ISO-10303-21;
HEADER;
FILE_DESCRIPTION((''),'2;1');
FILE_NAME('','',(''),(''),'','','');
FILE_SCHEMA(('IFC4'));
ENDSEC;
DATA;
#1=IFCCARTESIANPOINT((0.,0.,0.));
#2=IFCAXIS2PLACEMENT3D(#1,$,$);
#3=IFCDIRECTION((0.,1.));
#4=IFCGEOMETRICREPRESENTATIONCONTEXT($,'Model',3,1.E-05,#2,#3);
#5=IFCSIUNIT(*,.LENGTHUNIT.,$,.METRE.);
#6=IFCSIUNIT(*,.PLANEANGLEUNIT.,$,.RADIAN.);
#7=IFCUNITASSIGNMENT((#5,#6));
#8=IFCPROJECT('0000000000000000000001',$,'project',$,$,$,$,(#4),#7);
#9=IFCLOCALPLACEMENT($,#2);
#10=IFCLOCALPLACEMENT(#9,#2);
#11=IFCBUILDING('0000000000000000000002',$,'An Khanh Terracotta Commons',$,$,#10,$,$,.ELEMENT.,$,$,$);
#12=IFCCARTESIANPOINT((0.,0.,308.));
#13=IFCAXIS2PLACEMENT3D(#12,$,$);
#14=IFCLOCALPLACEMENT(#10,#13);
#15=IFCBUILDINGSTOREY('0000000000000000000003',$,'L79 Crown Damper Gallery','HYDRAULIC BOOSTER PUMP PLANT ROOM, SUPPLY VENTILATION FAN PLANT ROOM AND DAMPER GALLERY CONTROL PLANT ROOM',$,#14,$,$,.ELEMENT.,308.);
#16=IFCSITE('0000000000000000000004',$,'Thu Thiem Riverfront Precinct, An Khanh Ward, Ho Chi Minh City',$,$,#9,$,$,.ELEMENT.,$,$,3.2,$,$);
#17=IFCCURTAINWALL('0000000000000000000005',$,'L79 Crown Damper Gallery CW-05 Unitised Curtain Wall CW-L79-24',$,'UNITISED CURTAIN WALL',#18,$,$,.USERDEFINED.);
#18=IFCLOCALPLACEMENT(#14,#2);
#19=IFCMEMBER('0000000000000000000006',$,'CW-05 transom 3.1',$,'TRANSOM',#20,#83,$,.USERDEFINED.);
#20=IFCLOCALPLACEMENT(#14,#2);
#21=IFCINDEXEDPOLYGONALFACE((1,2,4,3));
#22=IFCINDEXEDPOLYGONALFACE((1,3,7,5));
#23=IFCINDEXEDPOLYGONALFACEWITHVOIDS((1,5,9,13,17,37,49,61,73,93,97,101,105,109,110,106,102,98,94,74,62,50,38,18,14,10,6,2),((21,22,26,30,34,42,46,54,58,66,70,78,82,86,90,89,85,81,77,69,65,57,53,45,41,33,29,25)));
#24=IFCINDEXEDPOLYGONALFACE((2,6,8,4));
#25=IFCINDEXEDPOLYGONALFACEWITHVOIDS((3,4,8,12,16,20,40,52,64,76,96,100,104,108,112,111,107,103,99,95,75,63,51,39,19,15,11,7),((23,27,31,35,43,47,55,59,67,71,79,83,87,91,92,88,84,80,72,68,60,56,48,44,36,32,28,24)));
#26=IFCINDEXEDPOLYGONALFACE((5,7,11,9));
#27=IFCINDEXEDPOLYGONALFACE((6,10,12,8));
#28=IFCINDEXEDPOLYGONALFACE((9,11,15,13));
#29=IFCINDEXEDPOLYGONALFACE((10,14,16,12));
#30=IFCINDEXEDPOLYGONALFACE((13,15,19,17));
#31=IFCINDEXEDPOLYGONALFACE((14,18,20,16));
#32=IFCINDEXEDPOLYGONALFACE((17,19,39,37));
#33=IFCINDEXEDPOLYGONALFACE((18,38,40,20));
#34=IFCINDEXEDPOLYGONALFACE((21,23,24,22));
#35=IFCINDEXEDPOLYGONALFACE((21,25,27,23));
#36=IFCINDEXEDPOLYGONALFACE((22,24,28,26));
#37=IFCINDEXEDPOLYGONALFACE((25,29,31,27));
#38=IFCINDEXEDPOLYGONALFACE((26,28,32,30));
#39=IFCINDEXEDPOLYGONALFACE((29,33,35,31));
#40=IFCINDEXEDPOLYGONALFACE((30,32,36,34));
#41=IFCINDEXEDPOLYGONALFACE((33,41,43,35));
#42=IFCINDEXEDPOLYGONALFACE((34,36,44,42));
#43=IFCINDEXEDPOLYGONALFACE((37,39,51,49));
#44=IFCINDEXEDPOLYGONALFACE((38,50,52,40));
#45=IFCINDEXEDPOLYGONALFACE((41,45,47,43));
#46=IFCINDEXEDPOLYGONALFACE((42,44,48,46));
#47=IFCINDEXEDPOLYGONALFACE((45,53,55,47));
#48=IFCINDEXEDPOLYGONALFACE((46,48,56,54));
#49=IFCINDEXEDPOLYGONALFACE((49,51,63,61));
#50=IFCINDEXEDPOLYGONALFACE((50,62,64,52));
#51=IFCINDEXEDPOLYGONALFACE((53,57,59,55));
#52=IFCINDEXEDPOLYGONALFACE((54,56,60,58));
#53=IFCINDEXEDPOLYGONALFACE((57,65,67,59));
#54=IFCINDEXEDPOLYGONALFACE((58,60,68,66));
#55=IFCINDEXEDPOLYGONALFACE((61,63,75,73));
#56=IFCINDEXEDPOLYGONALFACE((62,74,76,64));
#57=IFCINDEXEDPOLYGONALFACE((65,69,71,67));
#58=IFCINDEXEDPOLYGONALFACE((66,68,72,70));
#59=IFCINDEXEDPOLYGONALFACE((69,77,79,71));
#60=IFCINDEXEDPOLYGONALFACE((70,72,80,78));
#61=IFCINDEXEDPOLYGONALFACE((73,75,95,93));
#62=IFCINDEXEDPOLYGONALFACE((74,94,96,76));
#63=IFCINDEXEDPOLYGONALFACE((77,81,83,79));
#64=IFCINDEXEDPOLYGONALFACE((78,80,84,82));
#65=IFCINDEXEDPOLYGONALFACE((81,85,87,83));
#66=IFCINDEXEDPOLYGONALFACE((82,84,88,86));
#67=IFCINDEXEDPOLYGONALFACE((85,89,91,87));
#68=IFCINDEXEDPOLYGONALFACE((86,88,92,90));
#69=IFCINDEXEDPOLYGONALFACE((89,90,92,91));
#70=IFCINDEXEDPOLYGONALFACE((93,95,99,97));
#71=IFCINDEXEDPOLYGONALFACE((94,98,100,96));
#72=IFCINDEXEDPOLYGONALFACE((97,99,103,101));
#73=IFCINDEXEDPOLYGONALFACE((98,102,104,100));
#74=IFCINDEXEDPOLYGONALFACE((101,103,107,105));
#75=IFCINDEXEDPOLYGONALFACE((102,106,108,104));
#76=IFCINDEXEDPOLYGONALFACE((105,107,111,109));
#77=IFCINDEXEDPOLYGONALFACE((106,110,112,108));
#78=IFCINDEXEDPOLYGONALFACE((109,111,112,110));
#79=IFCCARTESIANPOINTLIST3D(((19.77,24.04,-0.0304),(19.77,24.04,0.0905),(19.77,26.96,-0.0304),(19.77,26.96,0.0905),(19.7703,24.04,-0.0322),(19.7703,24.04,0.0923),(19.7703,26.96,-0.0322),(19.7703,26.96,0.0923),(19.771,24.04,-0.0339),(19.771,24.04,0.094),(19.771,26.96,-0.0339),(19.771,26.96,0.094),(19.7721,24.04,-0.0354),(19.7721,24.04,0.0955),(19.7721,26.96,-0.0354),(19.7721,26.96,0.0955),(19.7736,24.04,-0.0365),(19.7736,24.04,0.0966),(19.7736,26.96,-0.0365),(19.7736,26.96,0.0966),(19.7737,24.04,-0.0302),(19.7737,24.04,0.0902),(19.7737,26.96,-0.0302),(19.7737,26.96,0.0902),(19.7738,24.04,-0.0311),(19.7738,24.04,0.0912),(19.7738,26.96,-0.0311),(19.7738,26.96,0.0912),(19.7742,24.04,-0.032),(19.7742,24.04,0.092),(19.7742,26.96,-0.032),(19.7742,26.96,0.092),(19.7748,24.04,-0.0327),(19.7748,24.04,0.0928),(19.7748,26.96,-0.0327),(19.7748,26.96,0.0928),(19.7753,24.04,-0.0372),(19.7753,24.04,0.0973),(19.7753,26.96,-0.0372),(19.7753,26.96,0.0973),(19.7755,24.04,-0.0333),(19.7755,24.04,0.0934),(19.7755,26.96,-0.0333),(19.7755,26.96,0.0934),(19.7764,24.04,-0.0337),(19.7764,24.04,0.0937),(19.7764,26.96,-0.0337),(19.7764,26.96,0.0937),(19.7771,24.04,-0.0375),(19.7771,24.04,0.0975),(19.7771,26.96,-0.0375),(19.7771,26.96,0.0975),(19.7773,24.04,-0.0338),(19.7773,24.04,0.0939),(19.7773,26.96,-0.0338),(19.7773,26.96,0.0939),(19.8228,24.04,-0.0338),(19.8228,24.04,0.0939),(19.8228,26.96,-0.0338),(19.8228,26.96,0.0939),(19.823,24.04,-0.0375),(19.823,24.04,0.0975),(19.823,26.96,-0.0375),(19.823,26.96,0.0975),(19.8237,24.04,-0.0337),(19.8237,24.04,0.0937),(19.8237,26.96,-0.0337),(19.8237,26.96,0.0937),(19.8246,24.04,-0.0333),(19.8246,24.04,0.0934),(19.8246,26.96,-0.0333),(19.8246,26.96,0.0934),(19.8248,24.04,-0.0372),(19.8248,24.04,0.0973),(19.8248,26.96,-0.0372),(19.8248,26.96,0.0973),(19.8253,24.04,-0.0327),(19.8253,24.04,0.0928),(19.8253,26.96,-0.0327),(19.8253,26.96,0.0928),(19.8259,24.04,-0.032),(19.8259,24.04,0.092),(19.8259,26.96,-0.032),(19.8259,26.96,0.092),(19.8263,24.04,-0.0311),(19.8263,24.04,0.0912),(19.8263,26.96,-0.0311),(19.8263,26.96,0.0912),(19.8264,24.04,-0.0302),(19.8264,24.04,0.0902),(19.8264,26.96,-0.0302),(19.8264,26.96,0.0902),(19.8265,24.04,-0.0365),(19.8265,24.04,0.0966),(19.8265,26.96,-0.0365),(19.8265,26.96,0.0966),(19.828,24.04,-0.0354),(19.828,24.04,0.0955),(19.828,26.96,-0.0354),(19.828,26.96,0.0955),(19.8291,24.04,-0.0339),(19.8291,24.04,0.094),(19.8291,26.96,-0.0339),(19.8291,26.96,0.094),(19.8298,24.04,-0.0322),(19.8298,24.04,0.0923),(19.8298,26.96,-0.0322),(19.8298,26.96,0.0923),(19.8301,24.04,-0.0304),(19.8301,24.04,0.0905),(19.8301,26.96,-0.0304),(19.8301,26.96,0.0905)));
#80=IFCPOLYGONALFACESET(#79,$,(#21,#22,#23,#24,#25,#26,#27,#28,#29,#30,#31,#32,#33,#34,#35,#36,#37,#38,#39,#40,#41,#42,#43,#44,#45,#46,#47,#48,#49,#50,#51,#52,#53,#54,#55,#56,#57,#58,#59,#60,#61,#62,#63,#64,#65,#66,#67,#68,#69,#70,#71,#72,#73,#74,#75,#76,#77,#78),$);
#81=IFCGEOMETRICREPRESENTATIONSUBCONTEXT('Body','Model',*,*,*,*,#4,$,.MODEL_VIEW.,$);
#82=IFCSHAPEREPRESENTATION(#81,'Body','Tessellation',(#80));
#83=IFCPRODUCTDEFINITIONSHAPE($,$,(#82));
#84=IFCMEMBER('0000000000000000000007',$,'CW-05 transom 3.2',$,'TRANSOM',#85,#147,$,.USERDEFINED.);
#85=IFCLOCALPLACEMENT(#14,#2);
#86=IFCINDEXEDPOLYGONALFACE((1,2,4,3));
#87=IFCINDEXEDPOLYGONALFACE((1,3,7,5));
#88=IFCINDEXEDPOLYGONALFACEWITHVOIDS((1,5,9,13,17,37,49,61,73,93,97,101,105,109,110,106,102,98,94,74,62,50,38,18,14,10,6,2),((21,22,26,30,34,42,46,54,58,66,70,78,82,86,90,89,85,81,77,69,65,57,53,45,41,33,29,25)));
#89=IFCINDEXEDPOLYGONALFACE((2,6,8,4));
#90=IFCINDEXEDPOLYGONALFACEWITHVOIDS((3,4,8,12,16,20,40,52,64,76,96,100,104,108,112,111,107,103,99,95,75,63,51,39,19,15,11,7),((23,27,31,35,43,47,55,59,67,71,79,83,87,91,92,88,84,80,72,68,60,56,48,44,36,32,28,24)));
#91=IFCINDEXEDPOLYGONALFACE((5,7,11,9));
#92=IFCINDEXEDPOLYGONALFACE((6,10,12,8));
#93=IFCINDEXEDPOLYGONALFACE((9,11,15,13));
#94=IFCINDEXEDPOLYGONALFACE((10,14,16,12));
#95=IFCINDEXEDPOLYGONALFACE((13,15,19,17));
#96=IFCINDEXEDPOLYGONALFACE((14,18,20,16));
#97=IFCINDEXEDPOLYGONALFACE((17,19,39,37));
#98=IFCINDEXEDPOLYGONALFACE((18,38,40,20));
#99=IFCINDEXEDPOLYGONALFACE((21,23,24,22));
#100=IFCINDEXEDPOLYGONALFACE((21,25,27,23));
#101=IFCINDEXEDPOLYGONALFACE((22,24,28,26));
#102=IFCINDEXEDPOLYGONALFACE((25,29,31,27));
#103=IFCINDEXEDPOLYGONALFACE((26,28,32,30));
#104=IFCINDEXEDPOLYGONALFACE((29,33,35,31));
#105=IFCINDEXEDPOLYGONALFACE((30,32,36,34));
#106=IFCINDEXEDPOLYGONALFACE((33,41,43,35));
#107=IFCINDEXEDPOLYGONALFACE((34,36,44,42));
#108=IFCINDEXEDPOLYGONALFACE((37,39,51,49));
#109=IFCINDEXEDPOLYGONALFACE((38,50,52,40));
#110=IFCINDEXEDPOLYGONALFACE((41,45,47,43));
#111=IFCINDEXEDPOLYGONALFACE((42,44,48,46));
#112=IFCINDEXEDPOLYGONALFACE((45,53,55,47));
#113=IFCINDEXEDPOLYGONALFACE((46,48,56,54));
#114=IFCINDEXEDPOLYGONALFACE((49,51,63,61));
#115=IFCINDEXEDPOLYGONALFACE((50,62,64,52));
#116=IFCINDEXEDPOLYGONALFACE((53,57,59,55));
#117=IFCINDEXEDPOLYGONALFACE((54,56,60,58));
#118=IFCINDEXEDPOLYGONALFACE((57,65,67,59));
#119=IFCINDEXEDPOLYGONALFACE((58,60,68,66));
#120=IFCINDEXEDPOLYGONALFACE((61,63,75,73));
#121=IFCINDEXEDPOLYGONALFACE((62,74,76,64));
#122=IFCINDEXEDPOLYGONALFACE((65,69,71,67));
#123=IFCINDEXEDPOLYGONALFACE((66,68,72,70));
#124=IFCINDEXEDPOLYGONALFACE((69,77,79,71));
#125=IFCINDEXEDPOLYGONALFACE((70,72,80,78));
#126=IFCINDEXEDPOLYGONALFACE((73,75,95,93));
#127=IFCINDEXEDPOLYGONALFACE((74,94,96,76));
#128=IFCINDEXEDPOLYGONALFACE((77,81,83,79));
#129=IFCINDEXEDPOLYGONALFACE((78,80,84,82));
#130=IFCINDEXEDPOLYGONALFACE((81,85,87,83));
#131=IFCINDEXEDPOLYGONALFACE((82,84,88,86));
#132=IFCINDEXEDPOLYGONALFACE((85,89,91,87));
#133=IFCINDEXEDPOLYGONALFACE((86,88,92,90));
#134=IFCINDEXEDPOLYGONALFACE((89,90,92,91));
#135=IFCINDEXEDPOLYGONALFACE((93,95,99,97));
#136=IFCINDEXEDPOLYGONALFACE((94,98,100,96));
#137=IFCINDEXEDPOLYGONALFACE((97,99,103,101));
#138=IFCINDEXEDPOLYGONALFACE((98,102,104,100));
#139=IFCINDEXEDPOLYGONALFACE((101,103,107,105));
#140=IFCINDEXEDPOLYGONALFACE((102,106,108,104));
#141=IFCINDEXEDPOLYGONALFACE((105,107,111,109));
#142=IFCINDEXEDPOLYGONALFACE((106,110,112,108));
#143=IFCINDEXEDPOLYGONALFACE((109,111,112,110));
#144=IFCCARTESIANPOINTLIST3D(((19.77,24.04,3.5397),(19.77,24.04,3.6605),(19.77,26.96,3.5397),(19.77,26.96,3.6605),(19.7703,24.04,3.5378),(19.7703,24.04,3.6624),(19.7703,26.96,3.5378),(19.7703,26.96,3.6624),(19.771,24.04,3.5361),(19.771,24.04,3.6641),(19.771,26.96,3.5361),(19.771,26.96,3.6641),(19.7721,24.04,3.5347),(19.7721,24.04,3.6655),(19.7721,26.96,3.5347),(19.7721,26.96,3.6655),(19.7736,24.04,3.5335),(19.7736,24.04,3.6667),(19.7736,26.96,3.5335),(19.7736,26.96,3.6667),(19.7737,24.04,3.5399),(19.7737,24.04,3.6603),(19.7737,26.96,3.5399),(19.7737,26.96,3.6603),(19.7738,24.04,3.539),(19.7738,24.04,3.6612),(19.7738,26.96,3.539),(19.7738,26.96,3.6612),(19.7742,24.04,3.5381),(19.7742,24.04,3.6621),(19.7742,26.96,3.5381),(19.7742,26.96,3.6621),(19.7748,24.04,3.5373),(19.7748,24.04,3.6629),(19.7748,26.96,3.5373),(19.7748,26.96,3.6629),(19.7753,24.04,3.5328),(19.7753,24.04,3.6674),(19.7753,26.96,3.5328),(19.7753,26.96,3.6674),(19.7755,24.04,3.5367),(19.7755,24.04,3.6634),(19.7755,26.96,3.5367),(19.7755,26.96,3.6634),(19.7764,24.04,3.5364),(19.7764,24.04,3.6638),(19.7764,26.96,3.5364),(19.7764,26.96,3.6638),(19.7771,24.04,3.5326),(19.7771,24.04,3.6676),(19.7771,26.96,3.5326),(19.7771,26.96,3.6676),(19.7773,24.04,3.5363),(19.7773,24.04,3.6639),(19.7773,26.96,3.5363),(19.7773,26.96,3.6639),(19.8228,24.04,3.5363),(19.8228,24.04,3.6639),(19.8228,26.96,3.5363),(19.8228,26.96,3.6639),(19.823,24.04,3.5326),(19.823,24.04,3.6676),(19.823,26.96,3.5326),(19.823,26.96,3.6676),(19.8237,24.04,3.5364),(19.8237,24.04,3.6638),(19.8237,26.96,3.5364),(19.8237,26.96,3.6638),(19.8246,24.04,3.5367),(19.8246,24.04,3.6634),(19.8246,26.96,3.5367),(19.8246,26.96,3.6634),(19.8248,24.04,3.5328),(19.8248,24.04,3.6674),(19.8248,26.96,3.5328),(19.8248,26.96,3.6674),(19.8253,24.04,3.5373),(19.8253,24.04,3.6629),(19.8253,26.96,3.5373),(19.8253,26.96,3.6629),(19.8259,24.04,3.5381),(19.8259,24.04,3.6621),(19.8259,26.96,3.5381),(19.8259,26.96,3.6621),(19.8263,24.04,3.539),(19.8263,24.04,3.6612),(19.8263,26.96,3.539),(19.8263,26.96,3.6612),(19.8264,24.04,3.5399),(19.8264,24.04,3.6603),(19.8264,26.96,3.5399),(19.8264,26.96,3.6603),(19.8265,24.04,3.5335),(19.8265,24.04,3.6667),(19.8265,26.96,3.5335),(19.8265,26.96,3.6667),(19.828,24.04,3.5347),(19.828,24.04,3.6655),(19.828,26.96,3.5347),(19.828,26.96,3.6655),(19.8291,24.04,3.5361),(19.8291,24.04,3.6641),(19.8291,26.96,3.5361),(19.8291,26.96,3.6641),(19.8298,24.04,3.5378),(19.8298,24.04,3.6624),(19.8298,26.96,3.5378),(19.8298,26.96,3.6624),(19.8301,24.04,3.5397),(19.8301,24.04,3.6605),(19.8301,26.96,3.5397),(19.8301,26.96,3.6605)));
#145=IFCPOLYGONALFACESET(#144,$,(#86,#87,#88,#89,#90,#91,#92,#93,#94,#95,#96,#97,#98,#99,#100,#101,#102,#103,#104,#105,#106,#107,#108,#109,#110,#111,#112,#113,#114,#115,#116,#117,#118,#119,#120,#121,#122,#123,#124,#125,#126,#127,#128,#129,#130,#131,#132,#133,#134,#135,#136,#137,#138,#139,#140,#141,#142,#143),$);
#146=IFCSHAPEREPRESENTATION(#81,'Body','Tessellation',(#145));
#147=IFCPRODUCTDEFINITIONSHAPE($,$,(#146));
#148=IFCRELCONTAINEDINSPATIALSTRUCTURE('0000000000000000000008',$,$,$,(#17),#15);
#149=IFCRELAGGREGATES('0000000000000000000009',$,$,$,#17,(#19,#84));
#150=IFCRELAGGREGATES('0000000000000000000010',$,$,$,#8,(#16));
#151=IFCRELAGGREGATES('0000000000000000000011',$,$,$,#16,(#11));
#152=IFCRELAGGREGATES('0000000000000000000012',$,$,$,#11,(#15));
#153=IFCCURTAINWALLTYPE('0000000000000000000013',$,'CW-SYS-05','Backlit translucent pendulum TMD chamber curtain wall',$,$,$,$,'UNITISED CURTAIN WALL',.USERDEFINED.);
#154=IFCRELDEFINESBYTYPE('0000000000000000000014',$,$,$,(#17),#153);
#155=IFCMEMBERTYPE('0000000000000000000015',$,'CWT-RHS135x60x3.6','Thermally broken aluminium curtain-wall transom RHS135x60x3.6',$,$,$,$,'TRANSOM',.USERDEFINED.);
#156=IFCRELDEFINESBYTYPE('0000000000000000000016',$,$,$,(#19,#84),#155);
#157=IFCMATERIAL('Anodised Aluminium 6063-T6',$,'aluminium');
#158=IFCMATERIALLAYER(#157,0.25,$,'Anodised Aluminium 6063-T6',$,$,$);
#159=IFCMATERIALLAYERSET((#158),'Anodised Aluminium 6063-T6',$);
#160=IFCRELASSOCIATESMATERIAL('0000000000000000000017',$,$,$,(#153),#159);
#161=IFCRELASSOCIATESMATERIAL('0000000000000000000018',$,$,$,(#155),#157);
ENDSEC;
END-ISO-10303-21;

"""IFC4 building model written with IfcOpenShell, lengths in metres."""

from ifc_helpers import new_model, si_unit, direction, frame, origin, origin_2d, place, context, subcontext, project, spatial, hollow_rectangle, extrude, material, layer, layer_set, material_profile, profile_set, type_object, element, aggregate, save


model = new_model("IFC4")

# Units and contexts
model_context = context("Model", 3, precision=1e-05, world=origin(), true_north=direction((0.0, 1.0)))
body_context = subcontext(model_context, "Body", "Model", "MODEL_VIEW")
ifc_project = project(units=[si_unit("LENGTHUNIT", "METRE"), si_unit("PLANEANGLEUNIT", "RADIAN")], contexts=[model_context])

# Site, building, storey
site_placement = place(None, origin())
site = spatial("IfcSite", under=ifc_project, at=site_placement, Name="Thu Thiem Riverfront Precinct, An Khanh Ward, Ho Chi Minh City", CompositionType="ELEMENT", RefElevation=3.2)
building_placement = place(site_placement, origin())
building = spatial("IfcBuilding", under=site, at=building_placement, Name="An Khanh Terracotta Commons", CompositionType="ELEMENT")
storey_placement = place(building_placement, frame((0.0, 0.0, 308.0)))
storey = spatial("IfcBuildingStorey", under=building, at=storey_placement, Name="L79 Crown Damper Gallery", Description="HYDRAULIC BOOSTER PUMP PLANT ROOM, SUPPLY VENTILATION FAN PLANT ROOM AND DAMPER GALLERY CONTROL PLANT ROOM", CompositionType="ELEMENT", Elevation=308.0)

# Curtain wall, members
ifc_material_1 = material(Name="Anodised Aluminium 6063-T6", Category="aluminium")
ifc_layer_1 = layer(ifc_material_1, 0.25, Name="Anodised Aluminium 6063-T6")
ifc_layer_set_1 = layer_set([ifc_layer_1], Name="Anodised Aluminium 6063-T6")
curtain_wall_type = type_object("IfcCurtainWallType", Name="CW-SYS-05", Description="Backlit translucent pendulum TMD chamber curtain wall", ElementType="UNITISED CURTAIN WALL", PredefinedType="USERDEFINED", material=ifc_layer_set_1)
curtain_wall_placement = place(storey_placement, origin())
curtain_wall = element("IfcCurtainWall", 1, at=curtain_wall_placement, inside=storey, type_object=curtain_wall_type, Name="L79 Crown Damper Gallery CW-05 Unitised Curtain Wall CW-L79-24", ObjectType="UNITISED CURTAIN WALL", PredefinedType="USERDEFINED")
ifc_material_profile_1 = material_profile(ifc_material_1, hollow_rectangle(XDim=0.0601, YDim=0.135, WallThickness=0.0037, InnerFilletRadius=0.0037, OuterFilletRadius=0.0071, at=origin_2d()), Name="RHS135x60x3.6")
ifc_profile_set_1 = profile_set([ifc_material_profile_1], Name="Anodised Aluminium 6063-T6")
member_type_1 = type_object("IfcMemberType", Name="CWT-RHS135x60x3.6", Description="Thermally broken aluminium curtain-wall transom RHS135x60x3.6", ElementType="TRANSOM", PredefinedType="USERDEFINED", material=ifc_profile_set_1)
member_1_placement = place(storey_placement, frame((19.8, 26.96, 0.03), z_axis=(0.0, -1.0, 0.0), x_axis=(1.0, 0.0, 0.0)))
member_1 = element("IfcMember", 2, at=member_1_placement, type_object=member_type_1, Name="CW-05 transom 3.1", ObjectType="TRANSOM", PredefinedType="USERDEFINED", context=body_context, shape_type="SweptSolid", body=[
    extrude(hollow_rectangle(XDim=0.0601, YDim=0.135, WallThickness=0.0037, InnerFilletRadius=0.0037, OuterFilletRadius=0.0071, at=origin_2d()), origin(), (0.0, 0.0, 1.0), 2.9199),
])
member_2_placement = place(storey_placement, frame((19.8, 26.96, 3.6001), z_axis=(0.0, -1.0, 0.0), x_axis=(1.0, 0.0, 0.0)))
member_2 = element("IfcMember", 3, at=member_2_placement, type_object=member_type_1, Name="CW-05 transom 3.2", ObjectType="TRANSOM", PredefinedType="USERDEFINED", context=body_context, shape_type="SweptSolid", body=[
    extrude(hollow_rectangle(XDim=0.0601, YDim=0.135, WallThickness=0.0037, InnerFilletRadius=0.0037, OuterFilletRadius=0.0071, at=origin_2d()), origin(), (0.0, 0.0, 1.0), 2.9199),
])
aggregate(curtain_wall, [member_1, member_2])

save(model, "model.ifc")
